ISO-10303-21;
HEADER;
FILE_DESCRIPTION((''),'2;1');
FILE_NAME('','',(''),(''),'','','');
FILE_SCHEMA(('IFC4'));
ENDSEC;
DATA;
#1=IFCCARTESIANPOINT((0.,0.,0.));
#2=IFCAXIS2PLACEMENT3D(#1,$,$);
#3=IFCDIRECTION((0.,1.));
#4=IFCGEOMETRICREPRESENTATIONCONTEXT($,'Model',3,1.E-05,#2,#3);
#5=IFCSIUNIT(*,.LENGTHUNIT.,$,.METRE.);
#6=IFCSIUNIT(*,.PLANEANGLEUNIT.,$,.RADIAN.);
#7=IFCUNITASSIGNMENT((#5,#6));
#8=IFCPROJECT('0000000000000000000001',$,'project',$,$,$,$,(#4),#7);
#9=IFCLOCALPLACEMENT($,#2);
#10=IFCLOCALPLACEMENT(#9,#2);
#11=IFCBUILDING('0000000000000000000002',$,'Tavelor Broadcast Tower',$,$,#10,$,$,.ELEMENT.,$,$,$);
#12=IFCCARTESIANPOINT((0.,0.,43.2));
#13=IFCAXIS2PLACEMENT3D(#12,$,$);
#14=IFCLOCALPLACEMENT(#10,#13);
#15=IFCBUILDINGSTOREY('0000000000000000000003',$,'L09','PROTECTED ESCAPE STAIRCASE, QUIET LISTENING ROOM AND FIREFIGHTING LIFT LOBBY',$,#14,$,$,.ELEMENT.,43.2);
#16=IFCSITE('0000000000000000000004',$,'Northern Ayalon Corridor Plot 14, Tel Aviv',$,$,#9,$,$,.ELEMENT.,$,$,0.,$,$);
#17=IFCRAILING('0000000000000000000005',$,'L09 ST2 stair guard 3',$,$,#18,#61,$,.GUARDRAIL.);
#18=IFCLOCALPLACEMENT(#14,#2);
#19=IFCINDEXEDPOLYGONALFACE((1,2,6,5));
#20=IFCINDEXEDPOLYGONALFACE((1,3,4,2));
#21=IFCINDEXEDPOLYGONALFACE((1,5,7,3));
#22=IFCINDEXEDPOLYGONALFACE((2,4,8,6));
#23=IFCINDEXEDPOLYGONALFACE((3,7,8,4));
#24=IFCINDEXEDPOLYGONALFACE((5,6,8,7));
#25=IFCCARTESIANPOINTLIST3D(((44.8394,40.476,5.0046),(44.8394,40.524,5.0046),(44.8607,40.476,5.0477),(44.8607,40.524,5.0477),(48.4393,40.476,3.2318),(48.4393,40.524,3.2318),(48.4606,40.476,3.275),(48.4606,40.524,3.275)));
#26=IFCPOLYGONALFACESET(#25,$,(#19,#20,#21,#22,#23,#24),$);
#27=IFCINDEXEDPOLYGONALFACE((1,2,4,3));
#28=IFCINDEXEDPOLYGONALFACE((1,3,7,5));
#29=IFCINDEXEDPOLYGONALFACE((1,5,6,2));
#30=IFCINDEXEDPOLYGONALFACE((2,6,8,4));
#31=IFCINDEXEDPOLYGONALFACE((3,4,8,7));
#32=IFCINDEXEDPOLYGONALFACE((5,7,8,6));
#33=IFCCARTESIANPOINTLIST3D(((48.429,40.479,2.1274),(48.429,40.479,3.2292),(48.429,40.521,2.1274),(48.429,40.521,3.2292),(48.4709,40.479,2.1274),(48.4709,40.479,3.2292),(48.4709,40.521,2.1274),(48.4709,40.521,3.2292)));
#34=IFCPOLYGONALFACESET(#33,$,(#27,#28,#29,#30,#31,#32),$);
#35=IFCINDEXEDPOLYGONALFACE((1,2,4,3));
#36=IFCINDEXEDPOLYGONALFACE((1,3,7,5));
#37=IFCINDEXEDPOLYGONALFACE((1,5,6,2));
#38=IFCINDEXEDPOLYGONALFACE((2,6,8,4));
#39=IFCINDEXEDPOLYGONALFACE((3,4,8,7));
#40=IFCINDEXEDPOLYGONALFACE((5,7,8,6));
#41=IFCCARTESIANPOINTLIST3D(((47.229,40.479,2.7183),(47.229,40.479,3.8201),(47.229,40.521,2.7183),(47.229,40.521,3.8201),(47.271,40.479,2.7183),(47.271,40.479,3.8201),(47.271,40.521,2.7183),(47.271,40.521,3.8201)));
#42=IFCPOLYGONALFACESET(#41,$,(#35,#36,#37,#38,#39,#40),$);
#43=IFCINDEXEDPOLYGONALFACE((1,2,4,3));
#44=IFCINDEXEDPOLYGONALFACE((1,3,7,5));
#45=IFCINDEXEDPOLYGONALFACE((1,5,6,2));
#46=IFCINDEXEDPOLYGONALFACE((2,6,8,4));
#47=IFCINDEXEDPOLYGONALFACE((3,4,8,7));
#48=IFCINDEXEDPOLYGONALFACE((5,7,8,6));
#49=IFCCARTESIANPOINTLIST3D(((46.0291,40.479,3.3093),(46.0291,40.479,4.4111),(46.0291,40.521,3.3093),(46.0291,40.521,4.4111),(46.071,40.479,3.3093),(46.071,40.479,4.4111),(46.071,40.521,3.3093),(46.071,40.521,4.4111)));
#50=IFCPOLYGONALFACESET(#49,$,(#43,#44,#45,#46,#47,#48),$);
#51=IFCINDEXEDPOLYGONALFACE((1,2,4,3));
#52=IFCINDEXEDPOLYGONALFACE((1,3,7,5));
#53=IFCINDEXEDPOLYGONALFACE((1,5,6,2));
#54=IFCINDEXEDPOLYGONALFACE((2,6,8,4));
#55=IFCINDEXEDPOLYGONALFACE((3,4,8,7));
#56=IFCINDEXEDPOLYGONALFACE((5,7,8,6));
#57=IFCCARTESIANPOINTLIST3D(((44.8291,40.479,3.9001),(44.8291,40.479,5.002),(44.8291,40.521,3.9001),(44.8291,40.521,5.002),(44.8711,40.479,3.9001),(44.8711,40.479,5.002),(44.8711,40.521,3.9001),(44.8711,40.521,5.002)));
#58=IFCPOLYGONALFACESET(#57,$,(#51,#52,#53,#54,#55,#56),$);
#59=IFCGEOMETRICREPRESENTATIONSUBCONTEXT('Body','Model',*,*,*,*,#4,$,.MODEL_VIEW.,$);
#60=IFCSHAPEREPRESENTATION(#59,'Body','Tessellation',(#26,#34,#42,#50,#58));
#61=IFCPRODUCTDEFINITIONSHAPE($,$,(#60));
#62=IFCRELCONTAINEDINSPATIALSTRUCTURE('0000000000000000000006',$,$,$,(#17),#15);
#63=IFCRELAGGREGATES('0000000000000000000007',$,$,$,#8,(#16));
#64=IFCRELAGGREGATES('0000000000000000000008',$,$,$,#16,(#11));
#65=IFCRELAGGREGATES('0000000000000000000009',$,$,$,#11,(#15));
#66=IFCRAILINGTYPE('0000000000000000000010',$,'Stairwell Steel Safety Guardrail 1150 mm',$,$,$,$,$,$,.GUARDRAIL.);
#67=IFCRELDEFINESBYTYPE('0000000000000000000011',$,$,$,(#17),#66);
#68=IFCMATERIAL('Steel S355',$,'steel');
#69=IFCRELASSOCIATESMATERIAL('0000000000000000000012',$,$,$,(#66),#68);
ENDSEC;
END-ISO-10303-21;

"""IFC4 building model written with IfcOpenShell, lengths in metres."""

from ifc_helpers import new_model, si_unit, direction, frame, origin, origin_2d, place, context, subcontext, project, spatial, rectangle, extrude, material, type_object, element, save


model = new_model("IFC4")

# Units and contexts
model_context = context("Model", 3, precision=1e-05, world=origin(), true_north=direction((0.0, 1.0)))
body_context = subcontext(model_context, "Body", "Model", "MODEL_VIEW")
ifc_project = project(units=[si_unit("LENGTHUNIT", "METRE"), si_unit("PLANEANGLEUNIT", "RADIAN")], contexts=[model_context])

# Site, building, storey
site_placement = place(None, origin())
site = spatial("IfcSite", under=ifc_project, at=site_placement, Name="Northern Ayalon Corridor Plot 14, Tel Aviv", CompositionType="ELEMENT", RefElevation=0.0)
building_placement = place(site_placement, origin())
building = spatial("IfcBuilding", under=site, at=building_placement, Name="Tavelor Broadcast Tower", CompositionType="ELEMENT")
storey_placement = place(building_placement, frame((0.0, 0.0, 43.2)))
storey = spatial("IfcBuildingStorey", under=building, at=storey_placement, Name="L09", Description="PROTECTED ESCAPE STAIRCASE, QUIET LISTENING ROOM AND FIREFIGHTING LIFT LOBBY", CompositionType="ELEMENT", Elevation=43.2)

# Shared definitions
ifc_material_1 = material(Name="Steel S355", Category="steel")

# Railing
railing_type_1 = type_object("IfcRailingType", Name="Stairwell Steel Safety Guardrail 1150 mm", PredefinedType="GUARDRAIL", material=ifc_material_1)
railing_1_placement = place(storey_placement, frame((48.45, 40.5, 2.1274)))
element("IfcRailing", 1, at=railing_1_placement, inside=storey, type_object=railing_type_1, Name="L09 ST2 stair guard 3", PredefinedType="GUARDRAIL", context=body_context, shape_type="SweptSolid", body=[
    extrude(rectangle(XDim=0.0481, YDim=0.0481, at=origin_2d()), frame((0.0, 0.0, 1.126), z_axis=(-0.897124, 0.0, 0.441778), x_axis=(0.0, -1.0, 0.0)), (0.0, 0.0, 1.0), 4.0127),
    extrude(rectangle(XDim=0.042, YDim=0.042, at=origin_2d()), origin(), (0.0, 0.0, 1.0), 1.1018),
    extrude(rectangle(XDim=0.042, YDim=0.042, at=origin_2d()), frame((-1.2, 0.0, 0.5908)), (0.0, 0.0, 1.0), 1.1018),
    extrude(rectangle(XDim=0.042, YDim=0.042, at=origin_2d()), frame((-2.3999, 0.0, 1.1819)), (0.0, 0.0, 1.0), 1.1018),
    extrude(rectangle(XDim=0.042, YDim=0.042, at=origin_2d()), frame((-3.5999, 0.0, 1.7727)), (0.0, 0.0, 1.0), 1.1018),
])

save(model, "model.ifc")
